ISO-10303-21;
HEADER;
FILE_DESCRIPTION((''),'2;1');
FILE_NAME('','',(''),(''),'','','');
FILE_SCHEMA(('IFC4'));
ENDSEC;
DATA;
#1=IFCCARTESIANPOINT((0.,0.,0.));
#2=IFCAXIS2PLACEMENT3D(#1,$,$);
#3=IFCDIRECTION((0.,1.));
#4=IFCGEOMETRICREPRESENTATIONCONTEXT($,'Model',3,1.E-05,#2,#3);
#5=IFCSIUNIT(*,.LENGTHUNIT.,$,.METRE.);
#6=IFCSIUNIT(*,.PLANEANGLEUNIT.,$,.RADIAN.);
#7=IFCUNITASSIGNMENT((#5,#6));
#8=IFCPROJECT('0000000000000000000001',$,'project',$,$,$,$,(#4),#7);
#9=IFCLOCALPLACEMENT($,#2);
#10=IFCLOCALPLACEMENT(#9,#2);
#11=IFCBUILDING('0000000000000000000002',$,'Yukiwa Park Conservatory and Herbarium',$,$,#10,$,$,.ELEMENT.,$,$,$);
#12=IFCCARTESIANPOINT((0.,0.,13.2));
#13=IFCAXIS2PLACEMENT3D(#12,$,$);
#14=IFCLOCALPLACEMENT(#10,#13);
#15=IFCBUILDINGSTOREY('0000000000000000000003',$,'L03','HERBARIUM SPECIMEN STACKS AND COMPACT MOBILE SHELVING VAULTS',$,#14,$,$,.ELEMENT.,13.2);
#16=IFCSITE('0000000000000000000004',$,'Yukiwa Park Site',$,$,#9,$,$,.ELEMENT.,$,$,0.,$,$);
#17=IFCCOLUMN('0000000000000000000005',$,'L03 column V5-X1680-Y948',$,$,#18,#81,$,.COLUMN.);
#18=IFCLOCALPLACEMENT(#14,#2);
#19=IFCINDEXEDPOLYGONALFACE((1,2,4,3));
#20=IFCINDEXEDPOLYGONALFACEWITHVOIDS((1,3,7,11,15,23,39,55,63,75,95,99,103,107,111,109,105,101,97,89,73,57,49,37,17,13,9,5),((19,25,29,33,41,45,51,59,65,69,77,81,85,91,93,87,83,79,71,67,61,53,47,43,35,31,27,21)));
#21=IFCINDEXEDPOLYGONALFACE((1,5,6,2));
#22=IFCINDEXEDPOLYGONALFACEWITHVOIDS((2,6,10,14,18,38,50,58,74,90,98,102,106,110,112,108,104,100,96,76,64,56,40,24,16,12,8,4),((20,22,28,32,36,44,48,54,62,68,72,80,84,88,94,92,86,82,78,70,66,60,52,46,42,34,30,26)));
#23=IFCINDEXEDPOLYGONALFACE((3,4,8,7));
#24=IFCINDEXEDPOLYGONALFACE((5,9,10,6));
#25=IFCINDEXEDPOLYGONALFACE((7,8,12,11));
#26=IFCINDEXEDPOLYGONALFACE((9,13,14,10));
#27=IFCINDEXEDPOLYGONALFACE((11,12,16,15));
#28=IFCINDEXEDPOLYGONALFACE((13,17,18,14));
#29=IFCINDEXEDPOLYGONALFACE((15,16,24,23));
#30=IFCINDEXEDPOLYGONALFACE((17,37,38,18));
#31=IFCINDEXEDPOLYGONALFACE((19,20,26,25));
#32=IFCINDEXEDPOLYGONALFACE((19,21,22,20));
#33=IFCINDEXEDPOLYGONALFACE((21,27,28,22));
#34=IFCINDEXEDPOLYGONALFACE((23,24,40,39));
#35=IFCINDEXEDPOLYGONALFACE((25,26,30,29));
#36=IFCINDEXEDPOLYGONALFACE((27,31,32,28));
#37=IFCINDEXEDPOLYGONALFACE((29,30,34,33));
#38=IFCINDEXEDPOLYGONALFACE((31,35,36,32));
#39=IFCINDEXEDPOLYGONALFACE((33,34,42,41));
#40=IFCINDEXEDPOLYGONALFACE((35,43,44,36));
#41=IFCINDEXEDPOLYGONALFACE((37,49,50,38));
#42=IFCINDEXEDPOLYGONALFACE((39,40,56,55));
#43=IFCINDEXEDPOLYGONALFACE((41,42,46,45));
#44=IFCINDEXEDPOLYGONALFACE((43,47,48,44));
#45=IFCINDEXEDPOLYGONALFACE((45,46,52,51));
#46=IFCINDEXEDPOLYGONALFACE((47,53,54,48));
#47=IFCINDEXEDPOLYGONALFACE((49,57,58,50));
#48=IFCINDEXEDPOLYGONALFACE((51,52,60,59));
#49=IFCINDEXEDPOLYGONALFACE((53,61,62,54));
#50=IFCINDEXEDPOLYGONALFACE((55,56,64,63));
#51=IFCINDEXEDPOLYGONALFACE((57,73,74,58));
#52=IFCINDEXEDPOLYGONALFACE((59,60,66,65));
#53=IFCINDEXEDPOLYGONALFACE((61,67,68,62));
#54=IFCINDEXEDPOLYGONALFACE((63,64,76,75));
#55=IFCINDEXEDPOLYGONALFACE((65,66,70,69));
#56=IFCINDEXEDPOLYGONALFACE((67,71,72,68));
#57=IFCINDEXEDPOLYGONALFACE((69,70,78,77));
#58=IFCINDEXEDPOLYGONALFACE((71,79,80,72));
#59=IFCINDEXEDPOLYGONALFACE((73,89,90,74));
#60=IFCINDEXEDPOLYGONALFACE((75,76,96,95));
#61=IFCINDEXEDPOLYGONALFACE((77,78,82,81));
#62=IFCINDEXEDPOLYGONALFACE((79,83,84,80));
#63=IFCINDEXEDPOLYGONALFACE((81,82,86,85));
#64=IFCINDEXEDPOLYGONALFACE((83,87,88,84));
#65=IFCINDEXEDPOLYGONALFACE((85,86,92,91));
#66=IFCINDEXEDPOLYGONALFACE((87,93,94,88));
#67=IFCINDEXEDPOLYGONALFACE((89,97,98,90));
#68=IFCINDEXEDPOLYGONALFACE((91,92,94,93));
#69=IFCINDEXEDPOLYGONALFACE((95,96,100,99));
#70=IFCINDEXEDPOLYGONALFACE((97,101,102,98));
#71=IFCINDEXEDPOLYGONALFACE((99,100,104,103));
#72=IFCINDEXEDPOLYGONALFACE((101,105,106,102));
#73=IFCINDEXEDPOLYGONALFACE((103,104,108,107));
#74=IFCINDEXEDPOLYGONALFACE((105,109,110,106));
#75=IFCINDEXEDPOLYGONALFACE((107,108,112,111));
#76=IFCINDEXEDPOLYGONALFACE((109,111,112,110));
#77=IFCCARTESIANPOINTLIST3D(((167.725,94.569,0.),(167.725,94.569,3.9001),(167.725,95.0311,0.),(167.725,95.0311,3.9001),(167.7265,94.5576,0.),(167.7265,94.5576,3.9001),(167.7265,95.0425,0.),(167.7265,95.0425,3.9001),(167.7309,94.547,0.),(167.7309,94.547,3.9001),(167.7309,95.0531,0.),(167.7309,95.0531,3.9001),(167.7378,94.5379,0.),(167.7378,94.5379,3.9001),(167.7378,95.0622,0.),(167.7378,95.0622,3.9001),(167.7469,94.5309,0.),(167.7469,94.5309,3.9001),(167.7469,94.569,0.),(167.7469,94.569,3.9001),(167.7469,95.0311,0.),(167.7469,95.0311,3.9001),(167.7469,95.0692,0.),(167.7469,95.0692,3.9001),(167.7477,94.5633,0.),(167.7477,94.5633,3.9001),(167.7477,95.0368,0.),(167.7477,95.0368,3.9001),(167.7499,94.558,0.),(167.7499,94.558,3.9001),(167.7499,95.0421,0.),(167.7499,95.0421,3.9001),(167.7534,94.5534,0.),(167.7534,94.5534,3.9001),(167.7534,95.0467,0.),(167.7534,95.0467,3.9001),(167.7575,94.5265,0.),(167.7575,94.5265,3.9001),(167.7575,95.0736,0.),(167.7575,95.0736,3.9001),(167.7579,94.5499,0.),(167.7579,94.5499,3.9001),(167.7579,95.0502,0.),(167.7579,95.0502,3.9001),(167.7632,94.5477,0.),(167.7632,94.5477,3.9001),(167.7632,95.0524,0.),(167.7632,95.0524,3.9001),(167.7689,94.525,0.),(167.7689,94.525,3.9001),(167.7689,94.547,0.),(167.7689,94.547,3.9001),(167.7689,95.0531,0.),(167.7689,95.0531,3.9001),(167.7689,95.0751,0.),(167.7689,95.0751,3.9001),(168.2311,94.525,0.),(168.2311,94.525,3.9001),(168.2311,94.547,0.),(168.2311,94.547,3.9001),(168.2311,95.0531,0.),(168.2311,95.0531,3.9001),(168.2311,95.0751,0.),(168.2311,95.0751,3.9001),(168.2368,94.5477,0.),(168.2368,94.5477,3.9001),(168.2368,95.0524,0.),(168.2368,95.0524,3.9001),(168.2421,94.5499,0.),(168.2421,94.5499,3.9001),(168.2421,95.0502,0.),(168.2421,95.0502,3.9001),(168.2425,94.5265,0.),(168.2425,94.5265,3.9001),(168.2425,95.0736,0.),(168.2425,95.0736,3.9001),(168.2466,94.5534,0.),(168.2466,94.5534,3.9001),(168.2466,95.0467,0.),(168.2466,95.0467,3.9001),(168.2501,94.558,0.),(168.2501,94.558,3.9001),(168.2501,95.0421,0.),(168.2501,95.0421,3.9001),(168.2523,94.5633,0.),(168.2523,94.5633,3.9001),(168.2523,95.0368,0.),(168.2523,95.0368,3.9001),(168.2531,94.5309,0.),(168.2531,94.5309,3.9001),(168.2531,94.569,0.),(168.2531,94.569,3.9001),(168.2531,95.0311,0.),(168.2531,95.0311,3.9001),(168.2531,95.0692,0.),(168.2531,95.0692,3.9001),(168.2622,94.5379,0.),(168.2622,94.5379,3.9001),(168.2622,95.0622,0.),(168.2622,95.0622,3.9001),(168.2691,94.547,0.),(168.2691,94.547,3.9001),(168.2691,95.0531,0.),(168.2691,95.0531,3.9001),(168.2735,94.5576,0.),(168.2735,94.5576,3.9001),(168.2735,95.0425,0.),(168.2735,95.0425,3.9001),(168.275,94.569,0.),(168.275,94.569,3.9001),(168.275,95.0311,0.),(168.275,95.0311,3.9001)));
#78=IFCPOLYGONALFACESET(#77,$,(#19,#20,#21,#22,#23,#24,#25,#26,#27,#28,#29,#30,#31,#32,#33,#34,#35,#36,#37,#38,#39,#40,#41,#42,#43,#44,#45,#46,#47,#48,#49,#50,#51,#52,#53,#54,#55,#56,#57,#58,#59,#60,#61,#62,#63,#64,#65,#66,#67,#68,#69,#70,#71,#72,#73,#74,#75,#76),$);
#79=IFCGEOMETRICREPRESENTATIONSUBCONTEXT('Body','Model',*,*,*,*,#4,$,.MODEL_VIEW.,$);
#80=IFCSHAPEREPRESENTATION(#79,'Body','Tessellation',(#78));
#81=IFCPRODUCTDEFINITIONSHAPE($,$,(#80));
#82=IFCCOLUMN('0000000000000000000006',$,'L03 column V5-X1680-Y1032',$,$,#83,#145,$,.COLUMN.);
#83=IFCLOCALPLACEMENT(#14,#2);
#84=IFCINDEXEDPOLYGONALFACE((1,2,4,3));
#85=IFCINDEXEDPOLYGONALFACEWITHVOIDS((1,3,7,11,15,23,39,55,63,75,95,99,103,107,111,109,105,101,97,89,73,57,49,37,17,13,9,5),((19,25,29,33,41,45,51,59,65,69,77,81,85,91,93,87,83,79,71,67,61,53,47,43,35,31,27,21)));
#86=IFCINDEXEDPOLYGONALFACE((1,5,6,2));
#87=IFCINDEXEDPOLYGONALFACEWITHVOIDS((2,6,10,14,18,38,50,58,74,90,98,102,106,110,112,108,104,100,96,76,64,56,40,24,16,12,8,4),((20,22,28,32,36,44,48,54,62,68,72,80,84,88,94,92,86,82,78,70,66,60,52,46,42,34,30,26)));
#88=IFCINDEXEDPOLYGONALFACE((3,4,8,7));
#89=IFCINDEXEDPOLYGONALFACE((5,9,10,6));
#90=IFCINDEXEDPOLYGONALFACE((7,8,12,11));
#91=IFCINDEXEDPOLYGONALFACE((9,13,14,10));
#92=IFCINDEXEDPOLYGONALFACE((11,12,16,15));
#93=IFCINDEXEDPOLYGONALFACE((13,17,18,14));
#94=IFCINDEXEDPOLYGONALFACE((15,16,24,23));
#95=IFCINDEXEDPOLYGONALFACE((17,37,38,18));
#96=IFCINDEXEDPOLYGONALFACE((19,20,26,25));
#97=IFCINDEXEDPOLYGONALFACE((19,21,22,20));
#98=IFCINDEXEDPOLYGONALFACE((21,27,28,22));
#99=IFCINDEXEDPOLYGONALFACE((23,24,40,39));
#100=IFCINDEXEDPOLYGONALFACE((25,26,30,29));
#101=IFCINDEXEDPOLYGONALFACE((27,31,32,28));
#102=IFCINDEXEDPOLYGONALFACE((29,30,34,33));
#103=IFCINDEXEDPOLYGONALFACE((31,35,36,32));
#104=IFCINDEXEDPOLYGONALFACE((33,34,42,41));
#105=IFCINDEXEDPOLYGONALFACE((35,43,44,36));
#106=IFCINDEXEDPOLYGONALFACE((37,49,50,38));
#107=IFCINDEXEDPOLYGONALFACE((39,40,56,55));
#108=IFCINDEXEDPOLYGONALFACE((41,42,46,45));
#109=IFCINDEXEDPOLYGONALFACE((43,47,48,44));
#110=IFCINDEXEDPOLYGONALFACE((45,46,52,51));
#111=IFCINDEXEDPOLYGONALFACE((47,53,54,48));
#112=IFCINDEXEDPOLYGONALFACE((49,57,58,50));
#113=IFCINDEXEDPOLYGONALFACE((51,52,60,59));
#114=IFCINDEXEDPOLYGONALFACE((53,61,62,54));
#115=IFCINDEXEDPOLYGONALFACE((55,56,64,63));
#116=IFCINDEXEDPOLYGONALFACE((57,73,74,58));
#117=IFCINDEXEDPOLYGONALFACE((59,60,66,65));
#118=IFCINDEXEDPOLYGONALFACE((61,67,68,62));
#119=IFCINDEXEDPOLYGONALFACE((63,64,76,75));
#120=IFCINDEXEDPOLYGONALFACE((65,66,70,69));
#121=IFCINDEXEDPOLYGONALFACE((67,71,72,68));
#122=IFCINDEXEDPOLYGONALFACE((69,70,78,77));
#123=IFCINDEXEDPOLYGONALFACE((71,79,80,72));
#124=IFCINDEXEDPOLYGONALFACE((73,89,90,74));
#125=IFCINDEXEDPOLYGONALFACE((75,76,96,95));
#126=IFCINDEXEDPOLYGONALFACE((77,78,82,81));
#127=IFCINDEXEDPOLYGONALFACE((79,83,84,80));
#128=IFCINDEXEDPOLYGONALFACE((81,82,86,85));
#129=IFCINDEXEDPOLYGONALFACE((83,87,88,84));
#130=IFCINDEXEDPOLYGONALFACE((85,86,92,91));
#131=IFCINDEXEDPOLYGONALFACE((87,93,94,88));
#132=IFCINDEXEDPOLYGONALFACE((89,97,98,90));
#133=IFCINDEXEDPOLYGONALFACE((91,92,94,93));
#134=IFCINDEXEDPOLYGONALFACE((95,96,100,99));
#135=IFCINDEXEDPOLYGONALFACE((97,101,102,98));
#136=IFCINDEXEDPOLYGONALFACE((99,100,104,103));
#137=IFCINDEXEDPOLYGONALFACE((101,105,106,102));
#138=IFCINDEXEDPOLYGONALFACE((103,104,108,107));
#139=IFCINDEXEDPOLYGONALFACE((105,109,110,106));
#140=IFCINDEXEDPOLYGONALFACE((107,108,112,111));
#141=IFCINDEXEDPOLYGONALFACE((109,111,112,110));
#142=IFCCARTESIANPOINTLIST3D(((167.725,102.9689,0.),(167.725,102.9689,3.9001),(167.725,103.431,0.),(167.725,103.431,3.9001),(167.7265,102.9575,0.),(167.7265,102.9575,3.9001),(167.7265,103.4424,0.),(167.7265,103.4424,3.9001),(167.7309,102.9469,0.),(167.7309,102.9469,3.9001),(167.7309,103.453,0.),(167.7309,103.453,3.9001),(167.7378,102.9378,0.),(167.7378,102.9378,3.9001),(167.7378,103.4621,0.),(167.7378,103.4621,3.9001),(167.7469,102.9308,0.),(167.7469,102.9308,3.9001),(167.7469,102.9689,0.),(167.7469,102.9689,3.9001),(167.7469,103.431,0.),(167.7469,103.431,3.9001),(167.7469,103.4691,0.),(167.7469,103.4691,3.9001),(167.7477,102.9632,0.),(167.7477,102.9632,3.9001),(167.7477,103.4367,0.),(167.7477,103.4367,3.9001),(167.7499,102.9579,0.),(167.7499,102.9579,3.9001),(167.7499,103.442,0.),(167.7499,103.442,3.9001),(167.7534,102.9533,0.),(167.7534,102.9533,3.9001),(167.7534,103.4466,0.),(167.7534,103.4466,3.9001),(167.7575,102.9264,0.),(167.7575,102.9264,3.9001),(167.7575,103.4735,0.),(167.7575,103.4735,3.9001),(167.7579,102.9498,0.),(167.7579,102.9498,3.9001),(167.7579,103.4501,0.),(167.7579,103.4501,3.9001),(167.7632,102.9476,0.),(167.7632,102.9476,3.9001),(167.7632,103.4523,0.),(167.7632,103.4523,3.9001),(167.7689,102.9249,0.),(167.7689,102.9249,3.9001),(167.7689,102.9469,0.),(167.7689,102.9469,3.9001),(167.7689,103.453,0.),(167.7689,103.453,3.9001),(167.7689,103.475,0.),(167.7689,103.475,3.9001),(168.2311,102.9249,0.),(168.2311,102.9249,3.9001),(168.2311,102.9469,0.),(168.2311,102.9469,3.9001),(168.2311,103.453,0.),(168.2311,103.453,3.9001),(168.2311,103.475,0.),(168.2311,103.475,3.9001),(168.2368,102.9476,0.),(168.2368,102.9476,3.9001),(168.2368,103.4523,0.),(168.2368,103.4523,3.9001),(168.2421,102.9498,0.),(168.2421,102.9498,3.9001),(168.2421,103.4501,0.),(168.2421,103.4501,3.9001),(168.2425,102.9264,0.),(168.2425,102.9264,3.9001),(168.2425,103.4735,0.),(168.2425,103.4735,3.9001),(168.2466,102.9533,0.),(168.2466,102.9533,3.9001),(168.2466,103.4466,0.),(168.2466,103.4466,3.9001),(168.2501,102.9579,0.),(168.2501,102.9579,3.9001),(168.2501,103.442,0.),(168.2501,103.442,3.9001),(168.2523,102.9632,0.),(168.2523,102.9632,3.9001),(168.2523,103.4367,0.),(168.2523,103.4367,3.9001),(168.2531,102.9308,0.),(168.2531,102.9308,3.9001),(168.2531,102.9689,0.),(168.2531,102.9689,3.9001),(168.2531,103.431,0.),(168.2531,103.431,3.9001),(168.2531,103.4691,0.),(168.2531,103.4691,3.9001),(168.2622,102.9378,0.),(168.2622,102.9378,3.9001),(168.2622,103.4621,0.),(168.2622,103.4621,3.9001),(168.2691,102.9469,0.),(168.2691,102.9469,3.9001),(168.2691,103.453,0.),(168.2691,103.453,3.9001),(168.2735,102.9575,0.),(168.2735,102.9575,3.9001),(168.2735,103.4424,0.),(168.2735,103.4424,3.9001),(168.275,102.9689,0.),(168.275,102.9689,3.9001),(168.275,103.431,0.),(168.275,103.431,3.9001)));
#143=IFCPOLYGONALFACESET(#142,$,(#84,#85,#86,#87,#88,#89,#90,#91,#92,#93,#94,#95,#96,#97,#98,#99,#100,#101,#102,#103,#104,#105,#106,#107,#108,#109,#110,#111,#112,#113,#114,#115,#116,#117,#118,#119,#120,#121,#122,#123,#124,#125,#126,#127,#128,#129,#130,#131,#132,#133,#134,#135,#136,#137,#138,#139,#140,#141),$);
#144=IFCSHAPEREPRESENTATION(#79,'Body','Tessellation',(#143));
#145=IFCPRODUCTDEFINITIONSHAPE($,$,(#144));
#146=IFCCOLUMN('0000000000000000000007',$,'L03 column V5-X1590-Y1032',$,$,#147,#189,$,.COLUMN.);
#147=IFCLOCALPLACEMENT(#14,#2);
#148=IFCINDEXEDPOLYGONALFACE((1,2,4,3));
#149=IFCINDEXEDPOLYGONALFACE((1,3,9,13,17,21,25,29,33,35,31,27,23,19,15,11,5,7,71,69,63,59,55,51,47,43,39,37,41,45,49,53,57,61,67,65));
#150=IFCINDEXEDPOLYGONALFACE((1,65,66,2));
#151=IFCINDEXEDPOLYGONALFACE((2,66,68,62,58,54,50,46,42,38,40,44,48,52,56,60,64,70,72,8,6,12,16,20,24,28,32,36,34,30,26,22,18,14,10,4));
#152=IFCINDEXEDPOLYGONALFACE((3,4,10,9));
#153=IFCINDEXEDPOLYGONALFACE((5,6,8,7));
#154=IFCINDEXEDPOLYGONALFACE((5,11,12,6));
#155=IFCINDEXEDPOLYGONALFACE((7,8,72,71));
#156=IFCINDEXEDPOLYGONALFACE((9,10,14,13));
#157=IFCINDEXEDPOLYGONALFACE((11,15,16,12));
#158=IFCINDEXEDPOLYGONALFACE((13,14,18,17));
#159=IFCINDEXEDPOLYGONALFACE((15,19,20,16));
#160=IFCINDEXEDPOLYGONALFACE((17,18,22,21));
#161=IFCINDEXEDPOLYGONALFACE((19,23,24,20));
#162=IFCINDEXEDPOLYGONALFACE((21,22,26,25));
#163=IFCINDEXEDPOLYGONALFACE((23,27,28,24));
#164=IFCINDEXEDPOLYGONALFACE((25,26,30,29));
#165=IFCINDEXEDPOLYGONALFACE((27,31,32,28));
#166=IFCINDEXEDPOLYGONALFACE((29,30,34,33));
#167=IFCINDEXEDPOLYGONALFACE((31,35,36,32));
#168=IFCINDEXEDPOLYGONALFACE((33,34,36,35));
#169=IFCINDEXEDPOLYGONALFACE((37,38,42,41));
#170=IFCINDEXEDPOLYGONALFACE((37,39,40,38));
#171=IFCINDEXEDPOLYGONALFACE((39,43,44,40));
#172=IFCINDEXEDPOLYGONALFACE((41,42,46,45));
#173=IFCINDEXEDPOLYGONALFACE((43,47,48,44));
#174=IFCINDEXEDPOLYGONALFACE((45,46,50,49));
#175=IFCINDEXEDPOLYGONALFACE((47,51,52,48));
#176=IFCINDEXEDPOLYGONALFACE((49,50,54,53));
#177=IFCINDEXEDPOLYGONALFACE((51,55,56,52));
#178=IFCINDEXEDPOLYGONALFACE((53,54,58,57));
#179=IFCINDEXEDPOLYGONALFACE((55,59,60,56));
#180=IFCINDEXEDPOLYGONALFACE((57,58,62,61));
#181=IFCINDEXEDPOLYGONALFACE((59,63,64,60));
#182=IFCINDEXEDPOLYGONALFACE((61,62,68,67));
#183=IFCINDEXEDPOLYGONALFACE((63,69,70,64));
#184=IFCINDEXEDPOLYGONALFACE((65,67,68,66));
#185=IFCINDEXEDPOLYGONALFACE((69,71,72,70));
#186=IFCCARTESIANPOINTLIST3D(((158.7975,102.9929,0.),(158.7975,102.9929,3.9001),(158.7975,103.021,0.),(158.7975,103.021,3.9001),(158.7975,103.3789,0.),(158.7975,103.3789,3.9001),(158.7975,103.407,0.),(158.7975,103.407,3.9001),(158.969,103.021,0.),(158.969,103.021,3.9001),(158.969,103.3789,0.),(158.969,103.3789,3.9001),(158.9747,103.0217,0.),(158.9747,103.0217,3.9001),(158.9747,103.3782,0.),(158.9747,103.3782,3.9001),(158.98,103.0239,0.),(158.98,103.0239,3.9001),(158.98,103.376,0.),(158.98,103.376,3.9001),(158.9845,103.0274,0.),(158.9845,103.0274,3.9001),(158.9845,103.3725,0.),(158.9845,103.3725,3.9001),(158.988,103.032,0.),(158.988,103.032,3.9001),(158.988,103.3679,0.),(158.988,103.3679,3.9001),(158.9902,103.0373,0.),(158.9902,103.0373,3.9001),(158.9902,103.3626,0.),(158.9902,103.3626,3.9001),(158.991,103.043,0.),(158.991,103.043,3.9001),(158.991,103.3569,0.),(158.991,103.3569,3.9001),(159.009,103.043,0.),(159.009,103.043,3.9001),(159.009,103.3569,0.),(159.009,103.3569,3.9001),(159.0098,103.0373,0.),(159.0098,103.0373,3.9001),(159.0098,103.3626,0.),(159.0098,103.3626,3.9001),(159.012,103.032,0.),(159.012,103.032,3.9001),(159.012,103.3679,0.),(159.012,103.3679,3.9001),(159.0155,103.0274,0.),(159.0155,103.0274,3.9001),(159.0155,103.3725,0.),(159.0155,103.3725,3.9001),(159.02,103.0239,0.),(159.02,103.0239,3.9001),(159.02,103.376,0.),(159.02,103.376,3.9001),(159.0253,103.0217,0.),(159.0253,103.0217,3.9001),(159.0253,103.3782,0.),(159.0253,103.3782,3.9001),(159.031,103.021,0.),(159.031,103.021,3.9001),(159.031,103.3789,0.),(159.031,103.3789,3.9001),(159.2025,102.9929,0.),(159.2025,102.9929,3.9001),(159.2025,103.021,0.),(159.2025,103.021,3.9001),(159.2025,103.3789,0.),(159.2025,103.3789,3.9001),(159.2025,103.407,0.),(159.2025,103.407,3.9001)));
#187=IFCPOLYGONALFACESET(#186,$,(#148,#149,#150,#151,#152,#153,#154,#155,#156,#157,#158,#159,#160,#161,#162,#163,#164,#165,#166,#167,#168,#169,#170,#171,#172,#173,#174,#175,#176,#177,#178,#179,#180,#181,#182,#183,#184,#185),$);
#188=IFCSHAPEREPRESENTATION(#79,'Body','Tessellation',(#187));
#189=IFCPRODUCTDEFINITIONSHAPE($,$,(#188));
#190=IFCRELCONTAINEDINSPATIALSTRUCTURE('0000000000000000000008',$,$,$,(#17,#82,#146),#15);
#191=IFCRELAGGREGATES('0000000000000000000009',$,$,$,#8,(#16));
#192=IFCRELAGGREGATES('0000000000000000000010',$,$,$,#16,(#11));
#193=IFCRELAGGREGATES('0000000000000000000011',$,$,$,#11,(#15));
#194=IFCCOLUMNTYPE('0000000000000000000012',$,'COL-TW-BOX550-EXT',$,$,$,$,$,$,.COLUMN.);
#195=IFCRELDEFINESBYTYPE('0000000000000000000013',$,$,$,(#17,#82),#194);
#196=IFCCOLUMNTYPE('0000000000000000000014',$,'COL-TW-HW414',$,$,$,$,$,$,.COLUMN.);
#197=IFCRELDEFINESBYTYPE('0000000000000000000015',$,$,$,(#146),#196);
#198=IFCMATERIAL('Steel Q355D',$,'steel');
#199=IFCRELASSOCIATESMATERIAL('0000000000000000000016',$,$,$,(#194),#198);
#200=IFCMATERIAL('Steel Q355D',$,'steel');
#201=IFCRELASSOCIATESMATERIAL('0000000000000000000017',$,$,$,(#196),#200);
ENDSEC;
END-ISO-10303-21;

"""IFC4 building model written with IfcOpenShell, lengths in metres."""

from ifc_helpers import new_model, si_unit, direction, frame, origin, origin_2d, place, context, subcontext, project, spatial, hollow_rectangle, i_section, extrude, material, material_profile, profile_set, type_object, element, save


model = new_model("IFC4")

# Units and contexts
model_context = context("Model", 3, precision=1e-05, world=origin(), true_north=direction((0.0, 1.0)))
body_context = subcontext(model_context, "Body", "Model", "MODEL_VIEW")
ifc_project = project(units=[si_unit("LENGTHUNIT", "METRE"), si_unit("PLANEANGLEUNIT", "RADIAN")], contexts=[model_context])

# Site, building, storey
site_placement = place(None, origin())
site = spatial("IfcSite", under=ifc_project, at=site_placement, Name="Yukiwa Park Site", CompositionType="ELEMENT", RefElevation=0.0)
building_placement = place(site_placement, origin())
building = spatial("IfcBuilding", under=site, at=building_placement, Name="Yukiwa Park Conservatory and Herbarium", CompositionType="ELEMENT")
storey_placement = place(building_placement, frame((0.0, 0.0, 13.2)))
storey = spatial("IfcBuildingStorey", under=building, at=storey_placement, Name="L03", Description="HERBARIUM SPECIMEN STACKS AND COMPACT MOBILE SHELVING VAULTS", CompositionType="ELEMENT", Elevation=13.2)

# Columns
ifc_material_1 = material(Name="Steel Q355D", Category="steel")
ifc_material_profile_1 = material_profile(ifc_material_1, hollow_rectangle(XDim=0.55, YDim=0.55, WallThickness=0.022, InnerFilletRadius=0.022, OuterFilletRadius=0.0439, at=origin_2d()), Name="BOX 550x550x22")
ifc_profile_set_1 = profile_set([ifc_material_profile_1], Name="Steel Q355D")
column_type_1 = type_object("IfcColumnType", Name="COL-TW-BOX550-EXT", PredefinedType="COLUMN", material=ifc_profile_set_1)
for number, where, z_axis, x_axis, name in (
    (1, (168.0, 94.8, 0.0), (0.0, 0.0, 1.0), (1.0, 0.0, 0.0), "L03 column V5-X1680-Y948"),
    (2, (168.0, 103.2, 0.0), (0.0, 0.0, 1.0), (1.0, 0.0, 0.0), "L03 column V5-X1680-Y1032"),
):
    element("IfcColumn", number, at=place(storey_placement, frame(where, z_axis=z_axis, x_axis=x_axis)), inside=storey, type_object=column_type_1, Name=name, PredefinedType="COLUMN", context=body_context, shape_type="SweptSolid", body=[
        extrude(hollow_rectangle(XDim=0.55, YDim=0.55, WallThickness=0.022, InnerFilletRadius=0.022, OuterFilletRadius=0.0439, at=origin_2d()), origin(), (0.0, 0.0, 1.0), 3.9001),
    ])
ifc_material_2 = material(Name="Steel Q355D", Category="steel")
ifc_material_profile_2 = material_profile(ifc_material_2, i_section(OverallWidth=0.405, OverallDepth=0.4141, WebThickness=0.0181, FlangeThickness=0.0281, FilletRadius=0.022, at=origin_2d()), Name="HW 414x405x18x28")
ifc_profile_set_2 = profile_set([ifc_material_profile_2], Name="Steel Q355D")
column_type_2 = type_object("IfcColumnType", Name="COL-TW-HW414", PredefinedType="COLUMN", material=ifc_profile_set_2)
column_placement = place(storey_placement, frame((159.0, 103.2, 0.0), z_axis=(0.0, 0.0, 1.0), x_axis=(1.0, 0.0, 0.0)))
element("IfcColumn", 3, at=column_placement, inside=storey, type_object=column_type_2, Name="L03 column V5-X1590-Y1032", PredefinedType="COLUMN", context=body_context, shape_type="SweptSolid", body=[
    extrude(i_section(OverallWidth=0.405, OverallDepth=0.4141, WebThickness=0.0181, FlangeThickness=0.0281, FilletRadius=0.022, at=origin_2d()), origin(), (0.0, 0.0, 1.0), 3.9001),
])

save(model, "model.ifc")
